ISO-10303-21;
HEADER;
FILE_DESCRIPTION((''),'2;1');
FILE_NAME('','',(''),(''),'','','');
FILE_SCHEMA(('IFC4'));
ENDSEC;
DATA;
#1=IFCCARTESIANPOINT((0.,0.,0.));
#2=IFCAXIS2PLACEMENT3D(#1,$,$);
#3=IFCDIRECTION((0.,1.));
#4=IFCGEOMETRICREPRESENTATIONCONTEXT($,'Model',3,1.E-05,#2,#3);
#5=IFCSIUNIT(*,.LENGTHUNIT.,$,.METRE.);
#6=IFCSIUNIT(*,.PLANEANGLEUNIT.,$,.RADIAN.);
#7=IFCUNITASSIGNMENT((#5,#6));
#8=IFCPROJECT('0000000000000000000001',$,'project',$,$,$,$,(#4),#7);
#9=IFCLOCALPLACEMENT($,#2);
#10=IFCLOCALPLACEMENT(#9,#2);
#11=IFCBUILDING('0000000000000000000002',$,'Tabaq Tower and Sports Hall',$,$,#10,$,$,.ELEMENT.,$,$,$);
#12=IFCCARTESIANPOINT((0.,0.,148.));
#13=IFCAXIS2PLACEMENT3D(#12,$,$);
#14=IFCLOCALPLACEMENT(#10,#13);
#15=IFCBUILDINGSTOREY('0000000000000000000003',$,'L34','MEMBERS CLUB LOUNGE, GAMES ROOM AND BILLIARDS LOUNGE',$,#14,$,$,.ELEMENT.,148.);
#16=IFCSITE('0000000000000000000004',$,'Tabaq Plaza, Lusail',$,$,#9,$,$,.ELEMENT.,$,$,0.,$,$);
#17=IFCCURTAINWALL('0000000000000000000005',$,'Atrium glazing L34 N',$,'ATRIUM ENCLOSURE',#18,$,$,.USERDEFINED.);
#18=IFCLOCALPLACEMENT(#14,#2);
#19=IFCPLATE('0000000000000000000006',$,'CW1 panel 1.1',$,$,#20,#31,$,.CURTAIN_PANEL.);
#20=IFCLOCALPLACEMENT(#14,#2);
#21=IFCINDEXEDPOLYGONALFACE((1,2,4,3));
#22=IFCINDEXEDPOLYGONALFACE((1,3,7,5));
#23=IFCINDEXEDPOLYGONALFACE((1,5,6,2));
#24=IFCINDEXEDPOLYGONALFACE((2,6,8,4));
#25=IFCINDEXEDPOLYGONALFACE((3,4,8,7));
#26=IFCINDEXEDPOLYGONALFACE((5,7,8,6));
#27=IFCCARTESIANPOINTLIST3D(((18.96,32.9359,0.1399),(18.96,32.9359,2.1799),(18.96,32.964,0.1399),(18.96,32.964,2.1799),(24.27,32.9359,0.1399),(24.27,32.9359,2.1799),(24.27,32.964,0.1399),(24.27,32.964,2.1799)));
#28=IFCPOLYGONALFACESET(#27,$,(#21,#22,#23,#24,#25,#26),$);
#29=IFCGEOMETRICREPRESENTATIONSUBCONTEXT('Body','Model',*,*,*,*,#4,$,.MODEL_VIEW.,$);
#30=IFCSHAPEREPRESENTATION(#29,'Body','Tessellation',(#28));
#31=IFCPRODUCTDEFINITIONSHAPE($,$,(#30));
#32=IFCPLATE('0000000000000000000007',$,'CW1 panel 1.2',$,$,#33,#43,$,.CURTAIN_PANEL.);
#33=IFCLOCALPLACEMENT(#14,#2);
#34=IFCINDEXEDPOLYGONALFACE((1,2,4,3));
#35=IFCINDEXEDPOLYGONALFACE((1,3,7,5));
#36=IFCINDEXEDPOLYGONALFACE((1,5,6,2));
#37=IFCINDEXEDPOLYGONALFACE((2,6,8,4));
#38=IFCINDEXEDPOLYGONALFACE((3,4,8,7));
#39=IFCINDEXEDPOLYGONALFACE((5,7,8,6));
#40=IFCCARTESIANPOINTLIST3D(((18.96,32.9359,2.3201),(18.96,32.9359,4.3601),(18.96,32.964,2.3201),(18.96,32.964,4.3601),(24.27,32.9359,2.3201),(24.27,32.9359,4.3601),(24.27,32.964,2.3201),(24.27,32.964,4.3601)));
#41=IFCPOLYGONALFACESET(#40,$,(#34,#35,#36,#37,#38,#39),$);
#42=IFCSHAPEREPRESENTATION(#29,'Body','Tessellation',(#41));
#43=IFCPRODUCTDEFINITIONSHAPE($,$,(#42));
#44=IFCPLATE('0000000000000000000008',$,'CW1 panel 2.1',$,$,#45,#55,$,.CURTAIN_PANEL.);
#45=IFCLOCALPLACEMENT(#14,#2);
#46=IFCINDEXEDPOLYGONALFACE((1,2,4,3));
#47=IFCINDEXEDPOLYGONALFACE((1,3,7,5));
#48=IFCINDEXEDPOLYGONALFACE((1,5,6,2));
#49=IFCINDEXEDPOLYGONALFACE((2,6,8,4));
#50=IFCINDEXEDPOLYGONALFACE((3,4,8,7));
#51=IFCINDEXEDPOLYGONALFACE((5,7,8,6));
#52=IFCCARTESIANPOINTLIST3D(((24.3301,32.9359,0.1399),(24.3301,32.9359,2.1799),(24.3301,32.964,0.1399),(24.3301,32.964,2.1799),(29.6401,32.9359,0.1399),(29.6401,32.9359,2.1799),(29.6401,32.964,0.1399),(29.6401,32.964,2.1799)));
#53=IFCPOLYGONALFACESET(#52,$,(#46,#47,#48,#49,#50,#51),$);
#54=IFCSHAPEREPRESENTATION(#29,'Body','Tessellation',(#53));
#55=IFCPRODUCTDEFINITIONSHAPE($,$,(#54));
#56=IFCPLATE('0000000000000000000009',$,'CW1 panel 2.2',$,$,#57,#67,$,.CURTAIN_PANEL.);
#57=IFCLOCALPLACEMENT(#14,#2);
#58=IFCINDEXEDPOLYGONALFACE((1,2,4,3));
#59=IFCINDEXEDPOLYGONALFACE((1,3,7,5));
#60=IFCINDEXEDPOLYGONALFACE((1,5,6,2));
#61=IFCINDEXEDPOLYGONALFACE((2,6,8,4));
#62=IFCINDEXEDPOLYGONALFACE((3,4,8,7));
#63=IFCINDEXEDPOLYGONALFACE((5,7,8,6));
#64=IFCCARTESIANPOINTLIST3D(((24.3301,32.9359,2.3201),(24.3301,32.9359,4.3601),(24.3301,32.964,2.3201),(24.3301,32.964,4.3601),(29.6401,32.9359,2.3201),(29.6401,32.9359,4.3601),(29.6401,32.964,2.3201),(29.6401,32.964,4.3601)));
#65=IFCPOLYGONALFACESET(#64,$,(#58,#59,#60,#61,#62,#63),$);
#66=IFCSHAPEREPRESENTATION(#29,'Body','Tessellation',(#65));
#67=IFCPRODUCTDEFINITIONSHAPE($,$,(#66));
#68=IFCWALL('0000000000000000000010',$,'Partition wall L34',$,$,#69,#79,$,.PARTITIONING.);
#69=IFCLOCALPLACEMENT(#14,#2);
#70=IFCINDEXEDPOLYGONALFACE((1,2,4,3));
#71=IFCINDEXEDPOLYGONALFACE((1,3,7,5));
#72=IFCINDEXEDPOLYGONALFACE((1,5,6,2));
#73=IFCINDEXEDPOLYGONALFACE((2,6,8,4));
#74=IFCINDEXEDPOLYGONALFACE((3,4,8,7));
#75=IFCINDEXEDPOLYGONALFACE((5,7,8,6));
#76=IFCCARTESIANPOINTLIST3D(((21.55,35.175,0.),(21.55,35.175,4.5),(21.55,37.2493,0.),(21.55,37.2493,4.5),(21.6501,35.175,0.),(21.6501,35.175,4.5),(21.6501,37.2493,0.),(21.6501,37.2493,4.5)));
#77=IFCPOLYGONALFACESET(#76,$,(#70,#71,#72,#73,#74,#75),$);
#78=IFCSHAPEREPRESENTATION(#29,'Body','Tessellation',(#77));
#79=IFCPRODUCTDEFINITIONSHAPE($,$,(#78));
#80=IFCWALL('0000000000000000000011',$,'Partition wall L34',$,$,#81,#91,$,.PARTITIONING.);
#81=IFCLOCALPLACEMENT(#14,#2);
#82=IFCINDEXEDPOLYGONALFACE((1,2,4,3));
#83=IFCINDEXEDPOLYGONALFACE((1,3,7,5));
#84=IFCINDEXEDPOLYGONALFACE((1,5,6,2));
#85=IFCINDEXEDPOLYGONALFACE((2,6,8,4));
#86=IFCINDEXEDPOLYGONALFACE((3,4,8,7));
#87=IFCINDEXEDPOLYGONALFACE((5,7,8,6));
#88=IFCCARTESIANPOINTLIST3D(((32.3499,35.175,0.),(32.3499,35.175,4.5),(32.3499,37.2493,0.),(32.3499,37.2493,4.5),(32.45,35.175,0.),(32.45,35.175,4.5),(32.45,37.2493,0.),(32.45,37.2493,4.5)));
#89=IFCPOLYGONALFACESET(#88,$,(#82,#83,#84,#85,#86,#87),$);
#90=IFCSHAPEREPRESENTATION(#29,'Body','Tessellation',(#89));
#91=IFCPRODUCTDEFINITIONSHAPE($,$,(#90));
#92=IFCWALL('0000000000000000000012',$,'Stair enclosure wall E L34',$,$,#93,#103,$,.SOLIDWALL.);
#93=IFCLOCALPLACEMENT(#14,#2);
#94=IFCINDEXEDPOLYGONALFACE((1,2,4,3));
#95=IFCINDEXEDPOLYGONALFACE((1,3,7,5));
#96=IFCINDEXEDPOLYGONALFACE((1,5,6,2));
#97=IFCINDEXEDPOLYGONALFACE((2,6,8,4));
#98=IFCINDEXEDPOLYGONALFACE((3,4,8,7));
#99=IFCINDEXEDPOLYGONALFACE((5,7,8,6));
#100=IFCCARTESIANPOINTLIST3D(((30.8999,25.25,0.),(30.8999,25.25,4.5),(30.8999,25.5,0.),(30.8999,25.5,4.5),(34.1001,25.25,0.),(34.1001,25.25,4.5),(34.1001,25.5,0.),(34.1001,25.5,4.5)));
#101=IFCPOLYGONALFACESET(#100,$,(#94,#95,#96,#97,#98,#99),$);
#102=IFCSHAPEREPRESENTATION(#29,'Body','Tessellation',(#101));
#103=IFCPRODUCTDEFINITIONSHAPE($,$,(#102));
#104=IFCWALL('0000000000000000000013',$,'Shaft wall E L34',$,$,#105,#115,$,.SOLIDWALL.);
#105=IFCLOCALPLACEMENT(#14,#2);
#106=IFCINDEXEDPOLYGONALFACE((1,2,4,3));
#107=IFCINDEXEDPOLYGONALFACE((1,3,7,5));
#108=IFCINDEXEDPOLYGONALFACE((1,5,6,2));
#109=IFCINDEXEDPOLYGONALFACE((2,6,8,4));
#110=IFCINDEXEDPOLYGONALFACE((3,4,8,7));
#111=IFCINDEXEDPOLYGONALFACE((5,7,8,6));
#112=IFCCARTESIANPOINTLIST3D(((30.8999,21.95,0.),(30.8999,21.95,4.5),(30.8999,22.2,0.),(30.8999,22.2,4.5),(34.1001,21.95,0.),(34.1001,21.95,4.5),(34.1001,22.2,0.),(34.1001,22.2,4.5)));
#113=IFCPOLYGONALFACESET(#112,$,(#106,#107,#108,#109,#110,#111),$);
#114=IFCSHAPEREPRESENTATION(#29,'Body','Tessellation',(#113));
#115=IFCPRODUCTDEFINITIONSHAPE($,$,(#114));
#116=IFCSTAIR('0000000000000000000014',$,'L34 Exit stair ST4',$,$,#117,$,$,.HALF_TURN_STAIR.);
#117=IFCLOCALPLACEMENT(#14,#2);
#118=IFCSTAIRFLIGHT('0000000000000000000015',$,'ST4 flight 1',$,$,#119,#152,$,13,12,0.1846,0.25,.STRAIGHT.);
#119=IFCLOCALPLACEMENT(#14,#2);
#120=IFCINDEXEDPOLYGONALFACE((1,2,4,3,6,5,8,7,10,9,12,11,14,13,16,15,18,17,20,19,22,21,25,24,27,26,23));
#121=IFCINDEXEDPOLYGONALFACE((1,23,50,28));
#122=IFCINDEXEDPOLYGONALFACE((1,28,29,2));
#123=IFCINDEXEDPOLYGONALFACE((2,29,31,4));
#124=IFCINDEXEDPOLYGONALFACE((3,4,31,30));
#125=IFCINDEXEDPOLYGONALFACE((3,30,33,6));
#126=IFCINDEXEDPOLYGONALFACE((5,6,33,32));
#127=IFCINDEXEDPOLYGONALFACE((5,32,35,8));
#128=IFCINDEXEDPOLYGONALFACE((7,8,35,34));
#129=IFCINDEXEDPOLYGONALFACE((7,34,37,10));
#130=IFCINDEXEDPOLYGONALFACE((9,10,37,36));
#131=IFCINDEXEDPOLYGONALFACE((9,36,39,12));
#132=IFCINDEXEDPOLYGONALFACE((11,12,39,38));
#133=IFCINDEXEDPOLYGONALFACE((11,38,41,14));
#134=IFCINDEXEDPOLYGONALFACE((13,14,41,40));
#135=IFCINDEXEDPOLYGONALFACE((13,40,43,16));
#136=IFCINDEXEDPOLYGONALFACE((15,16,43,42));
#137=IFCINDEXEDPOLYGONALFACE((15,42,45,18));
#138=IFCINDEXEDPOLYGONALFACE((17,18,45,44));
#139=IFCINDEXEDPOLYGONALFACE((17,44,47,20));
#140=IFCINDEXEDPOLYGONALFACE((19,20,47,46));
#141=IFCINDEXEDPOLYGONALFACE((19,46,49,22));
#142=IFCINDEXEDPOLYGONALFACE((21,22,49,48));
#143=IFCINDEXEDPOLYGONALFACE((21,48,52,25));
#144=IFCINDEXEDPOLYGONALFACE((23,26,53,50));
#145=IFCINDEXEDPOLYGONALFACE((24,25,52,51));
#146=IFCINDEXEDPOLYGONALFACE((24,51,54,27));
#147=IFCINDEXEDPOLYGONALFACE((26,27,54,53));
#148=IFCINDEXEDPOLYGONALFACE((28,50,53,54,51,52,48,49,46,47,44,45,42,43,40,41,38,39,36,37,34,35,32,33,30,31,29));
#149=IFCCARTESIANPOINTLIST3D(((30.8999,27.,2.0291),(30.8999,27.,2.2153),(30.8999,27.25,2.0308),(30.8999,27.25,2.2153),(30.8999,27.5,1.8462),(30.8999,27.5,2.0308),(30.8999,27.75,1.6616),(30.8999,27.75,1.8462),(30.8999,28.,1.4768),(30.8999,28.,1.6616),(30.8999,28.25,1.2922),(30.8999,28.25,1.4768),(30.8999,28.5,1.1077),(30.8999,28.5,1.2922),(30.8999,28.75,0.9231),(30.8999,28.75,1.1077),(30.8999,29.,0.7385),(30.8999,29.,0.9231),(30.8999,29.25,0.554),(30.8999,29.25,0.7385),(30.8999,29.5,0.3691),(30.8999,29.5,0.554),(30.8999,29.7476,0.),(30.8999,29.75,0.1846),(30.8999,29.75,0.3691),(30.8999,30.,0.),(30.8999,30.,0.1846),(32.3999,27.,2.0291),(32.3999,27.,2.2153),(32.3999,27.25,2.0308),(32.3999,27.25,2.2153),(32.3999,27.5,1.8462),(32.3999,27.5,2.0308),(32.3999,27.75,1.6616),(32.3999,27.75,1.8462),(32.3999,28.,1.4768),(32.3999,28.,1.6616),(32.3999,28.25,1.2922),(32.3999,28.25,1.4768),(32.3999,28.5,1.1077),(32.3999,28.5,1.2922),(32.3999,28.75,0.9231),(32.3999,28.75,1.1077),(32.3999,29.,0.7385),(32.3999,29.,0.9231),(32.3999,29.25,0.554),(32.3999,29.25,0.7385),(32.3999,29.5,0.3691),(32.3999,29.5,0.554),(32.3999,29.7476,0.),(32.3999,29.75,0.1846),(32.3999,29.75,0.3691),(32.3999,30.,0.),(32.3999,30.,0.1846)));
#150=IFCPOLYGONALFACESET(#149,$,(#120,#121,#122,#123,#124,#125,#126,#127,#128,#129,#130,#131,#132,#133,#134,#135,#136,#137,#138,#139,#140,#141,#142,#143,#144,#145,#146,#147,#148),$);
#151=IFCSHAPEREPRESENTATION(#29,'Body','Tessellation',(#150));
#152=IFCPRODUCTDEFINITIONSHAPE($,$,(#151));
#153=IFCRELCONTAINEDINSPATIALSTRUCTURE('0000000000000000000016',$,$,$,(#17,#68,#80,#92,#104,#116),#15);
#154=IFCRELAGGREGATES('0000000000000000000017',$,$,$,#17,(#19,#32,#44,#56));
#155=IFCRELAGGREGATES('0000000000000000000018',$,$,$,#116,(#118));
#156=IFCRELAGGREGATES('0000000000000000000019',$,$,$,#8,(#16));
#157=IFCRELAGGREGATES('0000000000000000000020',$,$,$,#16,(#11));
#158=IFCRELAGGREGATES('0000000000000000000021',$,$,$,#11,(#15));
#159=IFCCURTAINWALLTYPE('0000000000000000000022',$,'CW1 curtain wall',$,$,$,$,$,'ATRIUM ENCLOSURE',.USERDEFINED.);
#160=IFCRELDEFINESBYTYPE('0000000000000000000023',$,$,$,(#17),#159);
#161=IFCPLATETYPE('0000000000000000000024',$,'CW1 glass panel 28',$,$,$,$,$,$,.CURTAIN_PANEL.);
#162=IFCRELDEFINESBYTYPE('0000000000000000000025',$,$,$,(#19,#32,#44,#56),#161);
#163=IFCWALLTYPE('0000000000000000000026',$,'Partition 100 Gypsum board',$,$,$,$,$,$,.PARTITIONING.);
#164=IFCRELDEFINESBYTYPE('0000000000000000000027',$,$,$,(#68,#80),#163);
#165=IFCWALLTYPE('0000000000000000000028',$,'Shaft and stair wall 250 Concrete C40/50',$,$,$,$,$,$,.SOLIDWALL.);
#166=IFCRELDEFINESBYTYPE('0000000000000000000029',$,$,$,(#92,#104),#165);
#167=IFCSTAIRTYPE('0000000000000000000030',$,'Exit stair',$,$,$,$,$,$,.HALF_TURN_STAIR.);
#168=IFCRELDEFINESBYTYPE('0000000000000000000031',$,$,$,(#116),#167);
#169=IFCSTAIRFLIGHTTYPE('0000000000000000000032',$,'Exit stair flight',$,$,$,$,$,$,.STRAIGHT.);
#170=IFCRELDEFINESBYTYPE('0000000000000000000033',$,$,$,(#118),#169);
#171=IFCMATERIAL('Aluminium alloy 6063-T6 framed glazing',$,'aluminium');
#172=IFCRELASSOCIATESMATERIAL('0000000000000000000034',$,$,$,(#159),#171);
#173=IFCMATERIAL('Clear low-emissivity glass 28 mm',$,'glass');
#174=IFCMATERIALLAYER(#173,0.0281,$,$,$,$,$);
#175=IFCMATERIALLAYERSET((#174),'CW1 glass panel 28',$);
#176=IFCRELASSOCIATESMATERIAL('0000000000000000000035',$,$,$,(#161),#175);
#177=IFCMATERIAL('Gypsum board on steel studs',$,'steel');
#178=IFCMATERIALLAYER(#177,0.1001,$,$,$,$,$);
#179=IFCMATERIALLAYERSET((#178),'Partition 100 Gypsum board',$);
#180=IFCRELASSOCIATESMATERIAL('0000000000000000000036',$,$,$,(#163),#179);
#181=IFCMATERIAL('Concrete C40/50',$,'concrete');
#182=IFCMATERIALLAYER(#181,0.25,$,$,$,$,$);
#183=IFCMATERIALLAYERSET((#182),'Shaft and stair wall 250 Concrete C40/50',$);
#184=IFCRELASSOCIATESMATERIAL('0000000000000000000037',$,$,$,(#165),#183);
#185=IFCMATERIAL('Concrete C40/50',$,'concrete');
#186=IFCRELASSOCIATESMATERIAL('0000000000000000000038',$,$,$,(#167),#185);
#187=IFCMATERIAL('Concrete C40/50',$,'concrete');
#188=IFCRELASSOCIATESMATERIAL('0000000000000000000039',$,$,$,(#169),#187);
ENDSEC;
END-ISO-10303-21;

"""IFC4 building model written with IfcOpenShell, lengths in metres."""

from ifc_helpers import new_model, si_unit, direction, frame, frame_2d, origin, origin_2d, place, context, subcontext, project, spatial, polyline, rectangle, outline, extrude, material, layer, layer_set, type_object, element, aggregate, save


model = new_model("IFC4")

# Units and contexts
model_context = context("Model", 3, precision=1e-05, world=origin(), true_north=direction((0.0, 1.0)))
body_context = subcontext(model_context, "Body", "Model", "MODEL_VIEW")
ifc_project = project(units=[si_unit("LENGTHUNIT", "METRE"), si_unit("PLANEANGLEUNIT", "RADIAN")], contexts=[model_context])

# Site, building, storey
site_placement = place(None, origin())
site = spatial("IfcSite", under=ifc_project, at=site_placement, Name="Tabaq Plaza, Lusail", CompositionType="ELEMENT", RefElevation=0.0)
building_placement = place(site_placement, origin())
building = spatial("IfcBuilding", under=site, at=building_placement, Name="Tabaq Tower and Sports Hall", CompositionType="ELEMENT")
storey_placement = place(building_placement, frame((0.0, 0.0, 148.0)))
storey = spatial("IfcBuildingStorey", under=building, at=storey_placement, Name="L34", Description="MEMBERS CLUB LOUNGE, GAMES ROOM AND BILLIARDS LOUNGE", CompositionType="ELEMENT", Elevation=148.0)

# Curtain wall
ifc_material_1 = material(Name="Aluminium alloy 6063-T6 framed glazing", Category="aluminium")
curtain_wall_type = type_object("IfcCurtainWallType", Name="CW1 curtain wall", ElementType="ATRIUM ENCLOSURE", PredefinedType="USERDEFINED", material=ifc_material_1)
curtain_wall_placement = place(storey_placement, origin())
curtain_wall = element("IfcCurtainWall", 1, at=curtain_wall_placement, inside=storey, type_object=curtain_wall_type, Name="Atrium glazing L34 N", ObjectType="ATRIUM ENCLOSURE", PredefinedType="USERDEFINED")

# Plates
ifc_material_2 = material(Name="Clear low-emissivity glass 28 mm", Category="glass")
ifc_layer_1 = layer(ifc_material_2, 0.0281)
ifc_layer_set_1 = layer_set([ifc_layer_1], Name="CW1 glass panel 28")
plate_type = type_object("IfcPlateType", Name="CW1 glass panel 28", PredefinedType="CURTAIN_PANEL", material=ifc_layer_set_1)
plate_1_placement = place(storey_placement, frame((21.615, 32.95, 0.1399), z_axis=(0.0, 0.0, 1.0), x_axis=(1.0, 0.0, 0.0)))
plate_1 = element("IfcPlate", 2, at=plate_1_placement, type_object=plate_type, Name="CW1 panel 1.1", PredefinedType="CURTAIN_PANEL", context=body_context, shape_type="SweptSolid", body=[
    extrude(rectangle(XDim=5.3101, YDim=0.0281, at=origin_2d()), origin(), (0.0, 0.0, 1.0), 2.04),
])
plate_2_placement = place(storey_placement, frame((21.615, 32.95, 2.3201), z_axis=(0.0, 0.0, 1.0), x_axis=(1.0, 0.0, 0.0)))
plate_2 = element("IfcPlate", 3, at=plate_2_placement, type_object=plate_type, Name="CW1 panel 1.2", PredefinedType="CURTAIN_PANEL", context=body_context, shape_type="SweptSolid", body=[
    extrude(rectangle(XDim=5.3101, YDim=0.0281, at=origin_2d()), origin(), (0.0, 0.0, 1.0), 2.04),
])
plate_3_placement = place(storey_placement, frame((26.9851, 32.95, 0.1399), z_axis=(0.0, 0.0, 1.0), x_axis=(1.0, 0.0, 0.0)))
plate_3 = element("IfcPlate", 4, at=plate_3_placement, type_object=plate_type, Name="CW1 panel 2.1", PredefinedType="CURTAIN_PANEL", context=body_context, shape_type="SweptSolid", body=[
    extrude(rectangle(XDim=5.3101, YDim=0.0281, at=origin_2d()), origin(), (0.0, 0.0, 1.0), 2.04),
])
plate_4_placement = place(storey_placement, frame((26.9851, 32.95, 2.3201), z_axis=(0.0, 0.0, 1.0), x_axis=(1.0, 0.0, 0.0)))
plate_4 = element("IfcPlate", 5, at=plate_4_placement, type_object=plate_type, Name="CW1 panel 2.2", PredefinedType="CURTAIN_PANEL", context=body_context, shape_type="SweptSolid", body=[
    extrude(rectangle(XDim=5.3101, YDim=0.0281, at=origin_2d()), origin(), (0.0, 0.0, 1.0), 2.04),
])
aggregate(curtain_wall, [plate_1, plate_2, plate_3, plate_4])

# Walls
ifc_material_3 = material(Name="Gypsum board on steel studs", Category="steel")
ifc_layer_2 = layer(ifc_material_3, 0.1001)
ifc_layer_set_2 = layer_set([ifc_layer_2], Name="Partition 100 Gypsum board")
wall_type_1 = type_object("IfcWallType", Name="Partition 100 Gypsum board", PredefinedType="PARTITIONING", material=ifc_layer_set_2)
for number, where, z_axis, x_axis, name in (
    (6, (21.6001, 35.175, 0.0), (0.0, 0.0, 1.0), (0.0, 1.0, 0.0), "Partition wall L34"),
    (7, (32.3999, 35.175, 0.0), (0.0, 0.0, 1.0), (0.0, 1.0, 0.0), "Partition wall L34"),
):
    element("IfcWall", number, at=place(storey_placement, frame(where, z_axis=z_axis, x_axis=x_axis)), inside=storey, type_object=wall_type_1, Name=name, PredefinedType="PARTITIONING", context=body_context, shape_type="SweptSolid", body=[
        extrude(rectangle(XDim=2.0742, YDim=0.1001, at=frame_2d((1.0371, 0.0))), origin(), (0.0, 0.0, 1.0), 4.5),
    ])
ifc_material_4 = material(Name="Concrete C40/50", Category="concrete")
ifc_layer_3 = layer(ifc_material_4, 0.25)
ifc_layer_set_3 = layer_set([ifc_layer_3], Name="Shaft and stair wall 250 Concrete C40/50")
wall_type_2 = type_object("IfcWallType", Name="Shaft and stair wall 250 Concrete C40/50", PredefinedType="SOLIDWALL", material=ifc_layer_set_3)
for number, where, z_axis, x_axis, name in (
    (8, (30.8999, 25.375, 0.0), (0.0, 0.0, 1.0), (1.0, 0.0, 0.0), "Stair enclosure wall E L34"),
    (9, (30.8999, 22.075, 0.0), (0.0, 0.0, 1.0), (1.0, 0.0, 0.0), "Shaft wall E L34"),
):
    element("IfcWall", number, at=place(storey_placement, frame(where, z_axis=z_axis, x_axis=x_axis)), inside=storey, type_object=wall_type_2, Name=name, PredefinedType="SOLIDWALL", context=body_context, shape_type="SweptSolid", body=[
        extrude(rectangle(XDim=3.2002, YDim=0.25, at=frame_2d((1.6001, 0.0))), origin(), (0.0, 0.0, 1.0), 4.5),
    ])

# Stair, stair flight
ifc_material_5 = material(Name="Concrete C40/50", Category="concrete")
stair_type = type_object("IfcStairType", Name="Exit stair", PredefinedType="HALF_TURN_STAIR", material=ifc_material_5)
stair_placement = place(storey_placement, origin())
stair = element("IfcStair", 10, at=stair_placement, inside=storey, type_object=stair_type, Name="L34 Exit stair ST4", PredefinedType="HALF_TURN_STAIR")
ifc_material_6 = material(Name="Concrete C40/50", Category="concrete")
stair_flight_type = type_object("IfcStairFlightType", Name="Exit stair flight", PredefinedType="STRAIGHT", material=ifc_material_6)
stair_flight_placement = place(storey_placement, frame((31.6499, 30.0, 0.0), z_axis=(0.0, 0.0, 1.0), x_axis=(0.0, -1.0, 0.0)))
stair_flight = element("IfcStairFlight", 11, at=stair_flight_placement, type_object=stair_flight_type, Name="ST4 flight 1", NumberOfRisers=13, NumberOfTreads=12, PredefinedType="STRAIGHT", RiserHeight=0.1846, TreadLength=0.25, context=body_context, shape_type="SweptSolid", body=[
    extrude(outline(polyline([(0.0, 0.0), (0.0, 0.1846), (0.25, 0.1846), (0.25, 0.3691), (0.5, 0.3691), (0.5, 0.554), (0.75, 0.554), (0.75, 0.7385), (1.0, 0.7385), (1.0, 0.9231), (1.25, 0.9231), (1.25, 1.1077), (1.5, 1.1077), (1.5, 1.2922), (1.75, 1.2922), (1.75, 1.4768), (2.0, 1.4768), (2.0, 1.6616), (2.25, 1.6616), (2.25, 1.8462), (2.5, 1.8462), (2.5, 2.0308), (2.75, 2.0308), (2.75, 2.2153), (3.0, 2.2153), (3.0, 2.3999), (3.0, 2.0291), (0.2524, 0.0), (0.0, 0.0)])), frame((0.0, 0.75, 0.0), z_axis=(0.0, -1.0, 0.0), x_axis=(1.0, 0.0, 0.0)), (0.0, 0.0, 1.0), 1.5),
])
aggregate(stair, [stair_flight])

save(model, "model.ifc")
